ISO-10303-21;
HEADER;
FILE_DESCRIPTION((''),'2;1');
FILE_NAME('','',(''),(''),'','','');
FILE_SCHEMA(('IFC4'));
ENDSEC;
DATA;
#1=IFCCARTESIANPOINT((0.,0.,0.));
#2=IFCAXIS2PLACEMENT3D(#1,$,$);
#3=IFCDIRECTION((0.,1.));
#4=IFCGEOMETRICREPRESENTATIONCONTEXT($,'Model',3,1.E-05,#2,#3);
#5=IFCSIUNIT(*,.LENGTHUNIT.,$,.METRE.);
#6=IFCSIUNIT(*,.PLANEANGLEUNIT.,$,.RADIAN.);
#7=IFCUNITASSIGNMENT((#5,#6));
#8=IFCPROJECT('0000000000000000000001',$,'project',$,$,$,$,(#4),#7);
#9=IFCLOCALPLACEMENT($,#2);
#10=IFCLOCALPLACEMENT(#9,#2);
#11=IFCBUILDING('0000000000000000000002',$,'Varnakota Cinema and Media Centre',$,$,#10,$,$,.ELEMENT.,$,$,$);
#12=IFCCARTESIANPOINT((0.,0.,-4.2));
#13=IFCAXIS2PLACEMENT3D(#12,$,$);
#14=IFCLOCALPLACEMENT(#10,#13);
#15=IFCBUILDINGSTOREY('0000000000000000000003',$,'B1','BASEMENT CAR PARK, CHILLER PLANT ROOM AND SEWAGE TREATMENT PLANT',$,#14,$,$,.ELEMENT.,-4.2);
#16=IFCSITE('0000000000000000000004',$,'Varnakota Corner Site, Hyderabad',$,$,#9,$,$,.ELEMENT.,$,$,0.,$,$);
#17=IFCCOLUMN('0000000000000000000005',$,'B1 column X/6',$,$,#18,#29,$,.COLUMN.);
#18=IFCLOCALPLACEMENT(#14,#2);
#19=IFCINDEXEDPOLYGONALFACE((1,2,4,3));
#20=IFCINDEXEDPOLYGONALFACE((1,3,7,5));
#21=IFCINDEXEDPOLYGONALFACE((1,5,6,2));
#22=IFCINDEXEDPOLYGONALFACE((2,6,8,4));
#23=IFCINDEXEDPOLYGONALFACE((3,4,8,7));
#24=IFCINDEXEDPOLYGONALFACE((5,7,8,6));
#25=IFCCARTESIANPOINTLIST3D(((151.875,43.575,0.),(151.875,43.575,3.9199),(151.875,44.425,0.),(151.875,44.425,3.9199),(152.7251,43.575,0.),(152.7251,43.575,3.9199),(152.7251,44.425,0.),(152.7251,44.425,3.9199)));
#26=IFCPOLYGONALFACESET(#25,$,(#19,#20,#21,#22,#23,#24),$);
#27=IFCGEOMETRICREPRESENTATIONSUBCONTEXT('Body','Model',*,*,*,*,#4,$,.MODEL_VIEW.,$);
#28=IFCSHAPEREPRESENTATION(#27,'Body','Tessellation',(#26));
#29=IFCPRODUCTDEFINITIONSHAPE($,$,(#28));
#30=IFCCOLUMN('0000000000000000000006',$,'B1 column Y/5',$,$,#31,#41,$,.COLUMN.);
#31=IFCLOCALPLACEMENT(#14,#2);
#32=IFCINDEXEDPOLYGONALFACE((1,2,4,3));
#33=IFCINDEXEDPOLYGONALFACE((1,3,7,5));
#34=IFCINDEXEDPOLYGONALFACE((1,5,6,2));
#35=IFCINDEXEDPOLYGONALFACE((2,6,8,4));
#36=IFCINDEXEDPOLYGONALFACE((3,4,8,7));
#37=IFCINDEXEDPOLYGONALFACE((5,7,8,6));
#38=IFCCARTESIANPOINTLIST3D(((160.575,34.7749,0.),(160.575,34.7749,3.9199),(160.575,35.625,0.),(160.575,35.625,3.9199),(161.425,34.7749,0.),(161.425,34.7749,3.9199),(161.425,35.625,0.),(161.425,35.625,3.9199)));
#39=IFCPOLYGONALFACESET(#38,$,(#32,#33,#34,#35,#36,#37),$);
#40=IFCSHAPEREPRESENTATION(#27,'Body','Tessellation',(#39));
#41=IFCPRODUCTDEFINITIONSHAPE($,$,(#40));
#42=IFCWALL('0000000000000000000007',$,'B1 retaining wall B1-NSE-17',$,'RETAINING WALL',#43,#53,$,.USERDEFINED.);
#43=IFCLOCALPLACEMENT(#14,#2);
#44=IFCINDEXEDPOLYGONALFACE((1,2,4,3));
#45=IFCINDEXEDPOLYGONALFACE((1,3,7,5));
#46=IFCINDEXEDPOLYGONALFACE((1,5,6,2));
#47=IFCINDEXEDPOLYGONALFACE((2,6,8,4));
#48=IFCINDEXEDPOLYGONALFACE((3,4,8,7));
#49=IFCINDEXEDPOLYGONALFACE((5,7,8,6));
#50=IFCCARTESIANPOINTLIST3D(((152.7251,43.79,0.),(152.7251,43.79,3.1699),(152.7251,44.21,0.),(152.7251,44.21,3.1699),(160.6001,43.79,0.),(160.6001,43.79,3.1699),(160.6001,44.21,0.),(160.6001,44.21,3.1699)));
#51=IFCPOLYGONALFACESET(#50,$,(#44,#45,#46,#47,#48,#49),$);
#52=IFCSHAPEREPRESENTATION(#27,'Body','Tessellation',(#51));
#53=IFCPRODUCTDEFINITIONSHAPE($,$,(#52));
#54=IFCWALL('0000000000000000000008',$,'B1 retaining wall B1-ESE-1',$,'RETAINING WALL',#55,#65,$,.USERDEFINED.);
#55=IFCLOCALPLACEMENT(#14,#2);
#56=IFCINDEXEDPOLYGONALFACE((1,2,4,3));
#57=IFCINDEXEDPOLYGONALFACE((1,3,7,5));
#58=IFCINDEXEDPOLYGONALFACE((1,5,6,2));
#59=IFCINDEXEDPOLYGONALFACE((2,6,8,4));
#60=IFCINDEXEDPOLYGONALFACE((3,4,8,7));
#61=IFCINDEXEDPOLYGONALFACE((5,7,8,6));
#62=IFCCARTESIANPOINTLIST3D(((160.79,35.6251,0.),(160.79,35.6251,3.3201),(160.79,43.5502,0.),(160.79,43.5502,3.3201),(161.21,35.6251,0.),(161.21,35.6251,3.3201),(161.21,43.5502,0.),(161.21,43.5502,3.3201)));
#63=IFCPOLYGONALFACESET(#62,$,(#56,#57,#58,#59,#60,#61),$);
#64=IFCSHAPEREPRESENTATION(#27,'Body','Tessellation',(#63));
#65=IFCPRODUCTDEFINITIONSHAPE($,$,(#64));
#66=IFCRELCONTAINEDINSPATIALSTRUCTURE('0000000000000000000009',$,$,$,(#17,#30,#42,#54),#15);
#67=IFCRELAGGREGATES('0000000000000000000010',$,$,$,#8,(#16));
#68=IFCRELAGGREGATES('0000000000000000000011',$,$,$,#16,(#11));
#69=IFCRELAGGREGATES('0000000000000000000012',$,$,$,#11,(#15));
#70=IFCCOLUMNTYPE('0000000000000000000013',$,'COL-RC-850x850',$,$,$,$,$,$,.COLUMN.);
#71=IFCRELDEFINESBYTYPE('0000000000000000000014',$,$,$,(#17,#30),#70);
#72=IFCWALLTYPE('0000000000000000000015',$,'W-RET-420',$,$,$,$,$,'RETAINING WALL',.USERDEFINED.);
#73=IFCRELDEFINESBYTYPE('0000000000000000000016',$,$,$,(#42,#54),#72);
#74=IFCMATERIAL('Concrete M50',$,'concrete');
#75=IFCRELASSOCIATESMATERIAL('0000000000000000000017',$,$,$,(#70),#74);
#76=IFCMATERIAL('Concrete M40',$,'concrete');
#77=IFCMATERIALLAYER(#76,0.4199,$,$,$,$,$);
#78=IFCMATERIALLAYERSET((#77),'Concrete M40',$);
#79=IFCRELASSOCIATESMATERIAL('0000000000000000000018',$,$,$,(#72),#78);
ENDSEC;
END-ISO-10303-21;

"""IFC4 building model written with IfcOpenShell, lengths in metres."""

from ifc_helpers import new_model, si_unit, direction, frame, frame_2d, origin, origin_2d, place, context, subcontext, project, spatial, rectangle, extrude, material, layer, layer_set, material_profile, profile_set, type_object, element, save


model = new_model("IFC4")

# Units and contexts
model_context = context("Model", 3, precision=1e-05, world=origin(), true_north=direction((0.0, 1.0)))
body_context = subcontext(model_context, "Body", "Model", "MODEL_VIEW")
ifc_project = project(units=[si_unit("LENGTHUNIT", "METRE"), si_unit("PLANEANGLEUNIT", "RADIAN")], contexts=[model_context])

# Site, building, storey
site_placement = place(None, origin())
site = spatial("IfcSite", under=ifc_project, at=site_placement, Name="Varnakota Corner Site, Hyderabad", CompositionType="ELEMENT", RefElevation=0.0)
building_placement = place(site_placement, origin())
building = spatial("IfcBuilding", under=site, at=building_placement, Name="Varnakota Cinema and Media Centre", CompositionType="ELEMENT")
storey_placement = place(building_placement, frame((0.0, 0.0, -4.2)))
storey = spatial("IfcBuildingStorey", under=building, at=storey_placement, Name="B1", Description="BASEMENT CAR PARK, CHILLER PLANT ROOM AND SEWAGE TREATMENT PLANT", CompositionType="ELEMENT", Elevation=-4.2)

# Columns
ifc_material_1 = material(Name="Concrete M50", Category="concrete")
ifc_material_profile_1 = material_profile(ifc_material_1, rectangle(XDim=0.8501, YDim=0.8501, at=origin_2d()), Name="RC 850x850")
ifc_profile_set_1 = profile_set([ifc_material_profile_1], Name="Concrete M50")
column_type_1 = type_object("IfcColumnType", Name="COL-RC-850x850", PredefinedType="COLUMN", material=ifc_profile_set_1)
for number, where, z_axis, x_axis, name in (
    (1, (152.3, 44.0, 0.0), (0.0, 0.0, 1.0), (1.0, 0.0, 0.0), "B1 column X/6"),
    (2, (161.0, 35.2, 0.0), (0.0, 0.0, 1.0), (1.0, 0.0, 0.0), "B1 column Y/5"),
):
    element("IfcColumn", number, at=place(storey_placement, frame(where, z_axis=z_axis, x_axis=x_axis)), inside=storey, type_object=column_type_1, Name=name, PredefinedType="COLUMN", context=body_context, shape_type="SweptSolid", body=[
        extrude(rectangle(XDim=0.8501, YDim=0.8501, at=origin_2d()), origin(), (0.0, 0.0, 1.0), 3.9199),
    ])

# Walls
ifc_material_2 = material(Name="Concrete M40", Category="concrete")
ifc_layer = layer(ifc_material_2, 0.4199)
ifc_layer_set = layer_set([ifc_layer], Name="Concrete M40")
wall_type = type_object("IfcWallType", Name="W-RET-420", ElementType="RETAINING WALL", PredefinedType="USERDEFINED", material=ifc_layer_set)
wall_1_placement = place(storey_placement, frame((152.7251, 44.0, 0.0), z_axis=(0.0, 0.0, 1.0), x_axis=(1.0, 0.0, 0.0)))
element("IfcWall", 3, at=wall_1_placement, inside=storey, type_object=wall_type, Name="B1 retaining wall B1-NSE-17", ObjectType="RETAINING WALL", PredefinedType="USERDEFINED", context=body_context, shape_type="SweptSolid", body=[
    extrude(rectangle(XDim=7.875, YDim=0.4199, at=frame_2d((3.9375, 0.0))), origin(), (0.0, 0.0, 1.0), 3.1699),
])
wall_2_placement = place(storey_placement, frame((161.0, 43.55, 0.0), z_axis=(0.0, 0.0, 1.0), x_axis=(0.0, -1.0, 0.0)))
element("IfcWall", 4, at=wall_2_placement, inside=storey, type_object=wall_type, Name="B1 retaining wall B1-ESE-1", ObjectType="RETAINING WALL", PredefinedType="USERDEFINED", context=body_context, shape_type="SweptSolid", body=[
    extrude(rectangle(XDim=7.925, YDim=0.4199, at=frame_2d((3.9624, 0.0))), origin(), (0.0, 0.0, 1.0), 3.3201),
])

save(model, "model.ifc")
